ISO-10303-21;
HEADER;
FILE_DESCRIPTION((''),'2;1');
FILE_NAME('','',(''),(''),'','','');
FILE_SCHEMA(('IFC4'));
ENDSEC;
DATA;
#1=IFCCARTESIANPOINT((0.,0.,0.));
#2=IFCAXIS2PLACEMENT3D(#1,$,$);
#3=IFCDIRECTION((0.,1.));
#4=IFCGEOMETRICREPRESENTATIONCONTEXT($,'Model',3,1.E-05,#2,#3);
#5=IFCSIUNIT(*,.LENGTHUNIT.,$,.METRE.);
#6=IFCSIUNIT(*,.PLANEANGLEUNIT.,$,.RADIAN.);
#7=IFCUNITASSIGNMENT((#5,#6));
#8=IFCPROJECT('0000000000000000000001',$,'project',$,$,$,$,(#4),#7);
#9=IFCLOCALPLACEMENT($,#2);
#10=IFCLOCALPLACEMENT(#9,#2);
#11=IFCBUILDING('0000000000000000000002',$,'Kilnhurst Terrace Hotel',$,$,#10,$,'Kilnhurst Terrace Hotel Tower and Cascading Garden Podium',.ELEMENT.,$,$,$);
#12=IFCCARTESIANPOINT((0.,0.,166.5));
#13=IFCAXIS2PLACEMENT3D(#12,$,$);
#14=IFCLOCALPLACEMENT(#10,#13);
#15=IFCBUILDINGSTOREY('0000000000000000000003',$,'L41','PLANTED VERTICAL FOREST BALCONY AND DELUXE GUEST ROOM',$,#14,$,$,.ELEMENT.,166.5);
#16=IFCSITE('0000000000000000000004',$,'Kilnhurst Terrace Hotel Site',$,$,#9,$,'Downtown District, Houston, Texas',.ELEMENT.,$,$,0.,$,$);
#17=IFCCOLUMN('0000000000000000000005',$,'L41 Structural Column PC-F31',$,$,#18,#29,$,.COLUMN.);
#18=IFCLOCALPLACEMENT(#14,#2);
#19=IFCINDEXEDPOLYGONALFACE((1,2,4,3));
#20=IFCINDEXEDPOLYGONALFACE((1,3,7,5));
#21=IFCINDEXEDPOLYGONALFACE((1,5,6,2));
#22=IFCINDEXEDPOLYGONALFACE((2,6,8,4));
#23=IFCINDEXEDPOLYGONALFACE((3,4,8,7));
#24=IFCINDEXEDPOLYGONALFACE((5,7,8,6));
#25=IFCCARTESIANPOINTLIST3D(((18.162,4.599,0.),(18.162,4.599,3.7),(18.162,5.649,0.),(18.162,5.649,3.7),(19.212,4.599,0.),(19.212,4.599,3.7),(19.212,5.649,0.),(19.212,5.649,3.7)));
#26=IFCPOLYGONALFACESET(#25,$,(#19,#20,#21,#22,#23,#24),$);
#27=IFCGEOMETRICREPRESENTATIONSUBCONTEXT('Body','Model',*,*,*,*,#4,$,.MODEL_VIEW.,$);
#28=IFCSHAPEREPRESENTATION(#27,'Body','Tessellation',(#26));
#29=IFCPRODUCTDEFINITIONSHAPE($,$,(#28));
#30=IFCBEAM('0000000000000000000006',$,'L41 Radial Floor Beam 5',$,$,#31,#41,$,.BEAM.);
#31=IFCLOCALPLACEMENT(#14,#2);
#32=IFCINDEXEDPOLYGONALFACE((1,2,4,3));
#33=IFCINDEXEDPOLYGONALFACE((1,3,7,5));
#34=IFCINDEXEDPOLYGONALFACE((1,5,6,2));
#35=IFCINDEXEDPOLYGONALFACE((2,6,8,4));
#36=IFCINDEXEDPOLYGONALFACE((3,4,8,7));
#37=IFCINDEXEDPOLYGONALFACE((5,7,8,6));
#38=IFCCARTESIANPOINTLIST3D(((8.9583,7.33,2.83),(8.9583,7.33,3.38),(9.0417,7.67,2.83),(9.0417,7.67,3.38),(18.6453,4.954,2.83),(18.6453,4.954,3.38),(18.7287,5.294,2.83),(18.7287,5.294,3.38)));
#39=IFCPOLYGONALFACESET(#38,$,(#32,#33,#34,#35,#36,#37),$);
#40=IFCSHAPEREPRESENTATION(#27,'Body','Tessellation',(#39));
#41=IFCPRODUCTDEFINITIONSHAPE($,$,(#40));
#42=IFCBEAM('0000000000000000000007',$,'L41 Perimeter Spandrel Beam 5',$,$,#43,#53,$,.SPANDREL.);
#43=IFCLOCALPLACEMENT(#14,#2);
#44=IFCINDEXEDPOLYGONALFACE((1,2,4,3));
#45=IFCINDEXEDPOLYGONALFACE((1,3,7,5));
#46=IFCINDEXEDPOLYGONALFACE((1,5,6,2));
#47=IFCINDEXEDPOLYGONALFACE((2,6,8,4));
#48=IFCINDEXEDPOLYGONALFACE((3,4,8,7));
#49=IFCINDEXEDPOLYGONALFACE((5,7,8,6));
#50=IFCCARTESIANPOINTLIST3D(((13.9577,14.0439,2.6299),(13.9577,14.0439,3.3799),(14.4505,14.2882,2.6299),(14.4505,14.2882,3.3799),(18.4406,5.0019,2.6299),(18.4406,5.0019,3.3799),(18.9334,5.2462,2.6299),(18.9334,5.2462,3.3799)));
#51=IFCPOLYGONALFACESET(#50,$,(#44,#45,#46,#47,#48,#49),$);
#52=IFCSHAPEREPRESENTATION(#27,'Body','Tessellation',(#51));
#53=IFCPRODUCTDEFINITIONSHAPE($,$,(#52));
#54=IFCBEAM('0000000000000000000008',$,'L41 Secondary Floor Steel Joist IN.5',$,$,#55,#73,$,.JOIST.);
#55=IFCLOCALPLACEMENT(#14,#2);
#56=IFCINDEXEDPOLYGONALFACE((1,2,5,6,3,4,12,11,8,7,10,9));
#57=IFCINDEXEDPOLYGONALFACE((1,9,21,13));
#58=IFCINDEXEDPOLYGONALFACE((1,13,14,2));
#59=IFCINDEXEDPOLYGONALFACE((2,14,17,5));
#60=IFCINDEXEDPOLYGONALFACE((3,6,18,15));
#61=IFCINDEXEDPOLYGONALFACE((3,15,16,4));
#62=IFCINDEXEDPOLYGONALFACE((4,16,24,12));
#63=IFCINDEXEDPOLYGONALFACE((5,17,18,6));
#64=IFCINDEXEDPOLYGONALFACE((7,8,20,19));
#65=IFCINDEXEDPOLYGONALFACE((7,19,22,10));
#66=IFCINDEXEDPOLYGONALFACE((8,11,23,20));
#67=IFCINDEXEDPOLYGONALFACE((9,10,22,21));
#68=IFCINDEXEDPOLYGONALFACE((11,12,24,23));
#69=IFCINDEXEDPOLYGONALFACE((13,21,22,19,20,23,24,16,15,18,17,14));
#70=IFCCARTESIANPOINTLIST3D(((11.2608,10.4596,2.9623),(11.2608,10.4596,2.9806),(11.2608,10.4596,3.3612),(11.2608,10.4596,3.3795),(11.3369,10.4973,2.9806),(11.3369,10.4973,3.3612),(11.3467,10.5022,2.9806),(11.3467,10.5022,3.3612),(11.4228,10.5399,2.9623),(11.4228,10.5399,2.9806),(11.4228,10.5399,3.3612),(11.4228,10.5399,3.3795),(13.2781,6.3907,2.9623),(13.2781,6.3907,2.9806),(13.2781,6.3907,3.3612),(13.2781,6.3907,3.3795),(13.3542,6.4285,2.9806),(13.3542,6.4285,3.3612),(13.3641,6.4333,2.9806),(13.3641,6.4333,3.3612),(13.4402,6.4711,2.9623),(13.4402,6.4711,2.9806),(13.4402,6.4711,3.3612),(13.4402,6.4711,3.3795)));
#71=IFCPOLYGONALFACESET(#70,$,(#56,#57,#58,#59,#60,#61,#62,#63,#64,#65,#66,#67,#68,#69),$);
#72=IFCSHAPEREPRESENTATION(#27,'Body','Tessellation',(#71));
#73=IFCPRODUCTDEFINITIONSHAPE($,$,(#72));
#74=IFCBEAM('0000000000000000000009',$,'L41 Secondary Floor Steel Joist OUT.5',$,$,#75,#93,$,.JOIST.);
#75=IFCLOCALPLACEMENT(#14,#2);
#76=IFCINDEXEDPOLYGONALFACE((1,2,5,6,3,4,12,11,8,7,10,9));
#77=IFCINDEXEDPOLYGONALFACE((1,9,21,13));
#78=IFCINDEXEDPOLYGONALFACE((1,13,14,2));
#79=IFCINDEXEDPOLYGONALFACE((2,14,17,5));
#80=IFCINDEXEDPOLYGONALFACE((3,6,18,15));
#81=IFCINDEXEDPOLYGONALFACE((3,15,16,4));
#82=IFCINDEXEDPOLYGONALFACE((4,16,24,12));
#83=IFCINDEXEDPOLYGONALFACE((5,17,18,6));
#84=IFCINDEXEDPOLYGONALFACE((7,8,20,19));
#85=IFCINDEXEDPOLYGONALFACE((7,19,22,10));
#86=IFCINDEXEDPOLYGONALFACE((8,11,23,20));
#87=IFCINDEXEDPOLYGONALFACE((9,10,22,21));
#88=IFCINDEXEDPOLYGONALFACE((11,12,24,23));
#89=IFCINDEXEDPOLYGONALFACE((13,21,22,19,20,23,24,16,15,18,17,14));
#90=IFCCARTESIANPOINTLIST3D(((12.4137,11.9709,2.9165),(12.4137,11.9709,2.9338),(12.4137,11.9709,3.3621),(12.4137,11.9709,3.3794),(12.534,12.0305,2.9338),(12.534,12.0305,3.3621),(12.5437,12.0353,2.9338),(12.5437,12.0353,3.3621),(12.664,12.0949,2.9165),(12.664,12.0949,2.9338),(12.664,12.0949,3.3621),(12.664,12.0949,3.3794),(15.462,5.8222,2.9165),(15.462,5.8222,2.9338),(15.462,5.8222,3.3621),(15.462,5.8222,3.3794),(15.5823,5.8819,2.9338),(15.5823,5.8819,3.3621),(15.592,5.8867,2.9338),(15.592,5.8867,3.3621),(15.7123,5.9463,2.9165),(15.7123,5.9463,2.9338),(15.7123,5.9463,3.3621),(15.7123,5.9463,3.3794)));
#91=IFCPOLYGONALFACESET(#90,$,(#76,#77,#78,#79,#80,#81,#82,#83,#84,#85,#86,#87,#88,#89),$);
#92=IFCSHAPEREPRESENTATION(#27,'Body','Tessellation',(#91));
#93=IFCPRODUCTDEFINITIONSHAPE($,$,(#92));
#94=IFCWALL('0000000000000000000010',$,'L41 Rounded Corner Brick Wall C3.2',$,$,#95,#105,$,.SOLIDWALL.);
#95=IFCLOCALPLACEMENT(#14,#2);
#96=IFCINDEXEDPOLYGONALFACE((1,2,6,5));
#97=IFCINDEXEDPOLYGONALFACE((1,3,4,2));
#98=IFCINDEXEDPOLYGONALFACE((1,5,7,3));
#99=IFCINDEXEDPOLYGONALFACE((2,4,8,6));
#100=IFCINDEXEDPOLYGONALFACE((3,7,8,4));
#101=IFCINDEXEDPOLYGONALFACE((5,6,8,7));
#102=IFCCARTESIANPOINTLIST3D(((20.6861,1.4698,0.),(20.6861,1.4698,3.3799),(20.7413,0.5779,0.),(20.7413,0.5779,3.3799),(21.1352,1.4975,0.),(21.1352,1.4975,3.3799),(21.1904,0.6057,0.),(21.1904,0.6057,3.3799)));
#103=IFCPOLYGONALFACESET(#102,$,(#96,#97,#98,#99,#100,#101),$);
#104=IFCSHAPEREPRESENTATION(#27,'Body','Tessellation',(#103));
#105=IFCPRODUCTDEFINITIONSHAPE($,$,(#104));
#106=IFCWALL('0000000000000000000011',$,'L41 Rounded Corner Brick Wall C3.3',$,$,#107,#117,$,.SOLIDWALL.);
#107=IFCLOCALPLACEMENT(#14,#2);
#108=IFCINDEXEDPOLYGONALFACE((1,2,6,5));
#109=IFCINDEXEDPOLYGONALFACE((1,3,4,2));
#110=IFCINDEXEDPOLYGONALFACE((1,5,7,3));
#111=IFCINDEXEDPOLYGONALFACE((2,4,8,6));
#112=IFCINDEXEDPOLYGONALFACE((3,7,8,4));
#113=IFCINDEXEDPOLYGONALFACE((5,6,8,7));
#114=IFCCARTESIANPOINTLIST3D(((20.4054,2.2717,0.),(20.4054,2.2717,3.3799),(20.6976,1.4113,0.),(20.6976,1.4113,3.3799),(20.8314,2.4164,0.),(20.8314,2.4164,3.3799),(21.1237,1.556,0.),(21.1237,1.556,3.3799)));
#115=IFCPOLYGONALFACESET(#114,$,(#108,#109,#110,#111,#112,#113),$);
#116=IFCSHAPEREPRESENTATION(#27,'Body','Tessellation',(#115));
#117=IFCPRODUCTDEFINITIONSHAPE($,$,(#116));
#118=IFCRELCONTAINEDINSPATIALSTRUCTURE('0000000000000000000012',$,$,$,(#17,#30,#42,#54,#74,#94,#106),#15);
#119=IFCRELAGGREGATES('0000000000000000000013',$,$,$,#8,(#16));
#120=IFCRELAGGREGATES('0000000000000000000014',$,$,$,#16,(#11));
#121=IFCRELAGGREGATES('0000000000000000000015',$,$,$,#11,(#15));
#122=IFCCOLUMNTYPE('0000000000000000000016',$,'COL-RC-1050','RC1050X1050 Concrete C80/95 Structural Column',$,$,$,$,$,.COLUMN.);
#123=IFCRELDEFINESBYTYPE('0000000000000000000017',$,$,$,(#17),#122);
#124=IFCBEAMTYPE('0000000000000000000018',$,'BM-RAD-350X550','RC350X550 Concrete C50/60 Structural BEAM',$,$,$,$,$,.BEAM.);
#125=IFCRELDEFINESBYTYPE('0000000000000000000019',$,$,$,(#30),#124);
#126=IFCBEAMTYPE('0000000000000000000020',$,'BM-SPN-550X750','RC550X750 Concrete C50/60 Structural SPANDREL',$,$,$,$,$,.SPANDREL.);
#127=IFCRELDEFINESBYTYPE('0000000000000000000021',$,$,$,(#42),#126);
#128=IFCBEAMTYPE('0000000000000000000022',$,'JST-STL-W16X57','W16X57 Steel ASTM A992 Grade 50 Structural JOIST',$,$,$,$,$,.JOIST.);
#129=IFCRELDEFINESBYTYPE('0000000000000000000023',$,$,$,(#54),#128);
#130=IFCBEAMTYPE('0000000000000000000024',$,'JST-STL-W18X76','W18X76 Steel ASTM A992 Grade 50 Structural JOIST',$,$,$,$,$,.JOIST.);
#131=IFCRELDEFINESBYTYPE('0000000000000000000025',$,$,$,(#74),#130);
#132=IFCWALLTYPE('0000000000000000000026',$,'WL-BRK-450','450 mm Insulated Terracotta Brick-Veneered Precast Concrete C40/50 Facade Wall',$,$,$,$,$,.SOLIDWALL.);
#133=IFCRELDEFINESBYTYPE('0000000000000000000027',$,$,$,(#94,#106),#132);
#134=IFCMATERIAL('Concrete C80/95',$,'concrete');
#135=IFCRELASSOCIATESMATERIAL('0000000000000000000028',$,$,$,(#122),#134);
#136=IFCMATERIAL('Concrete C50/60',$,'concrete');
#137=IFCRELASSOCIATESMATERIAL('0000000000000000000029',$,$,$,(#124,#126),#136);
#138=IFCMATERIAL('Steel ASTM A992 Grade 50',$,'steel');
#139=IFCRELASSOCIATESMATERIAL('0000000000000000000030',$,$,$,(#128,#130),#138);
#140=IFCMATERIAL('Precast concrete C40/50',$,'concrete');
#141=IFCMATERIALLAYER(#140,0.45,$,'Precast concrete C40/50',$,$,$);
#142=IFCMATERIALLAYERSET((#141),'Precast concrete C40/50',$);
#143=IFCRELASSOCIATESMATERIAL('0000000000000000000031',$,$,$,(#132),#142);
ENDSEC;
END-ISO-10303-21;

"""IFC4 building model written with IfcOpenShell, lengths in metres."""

from ifc_helpers import new_model, si_unit, direction, frame, frame_2d, origin, origin_2d, place, context, subcontext, project, spatial, rectangle, i_section, extrude, material, layer, layer_set, material_profile, profile_set, type_object, element, save


model = new_model("IFC4")

# Units and contexts
model_context = context("Model", 3, precision=1e-05, world=origin(), true_north=direction((0.0, 1.0)))
body_context = subcontext(model_context, "Body", "Model", "MODEL_VIEW")
ifc_project = project(units=[si_unit("LENGTHUNIT", "METRE"), si_unit("PLANEANGLEUNIT", "RADIAN")], contexts=[model_context])

# Site, building, storey
site_placement = place(None, origin())
site = spatial("IfcSite", under=ifc_project, at=site_placement, Name="Kilnhurst Terrace Hotel Site", LongName="Downtown District, Houston, Texas", CompositionType="ELEMENT", RefElevation=0.0)
building_placement = place(site_placement, origin())
building = spatial("IfcBuilding", under=site, at=building_placement, Name="Kilnhurst Terrace Hotel", LongName="Kilnhurst Terrace Hotel Tower and Cascading Garden Podium", CompositionType="ELEMENT")
storey_placement = place(building_placement, frame((0.0, 0.0, 166.5)))
storey = spatial("IfcBuildingStorey", under=building, at=storey_placement, Name="L41", Description="PLANTED VERTICAL FOREST BALCONY AND DELUXE GUEST ROOM", CompositionType="ELEMENT", Elevation=166.5)

# Column
ifc_material_1 = material(Name="Concrete C80/95", Category="concrete")
ifc_material_profile_1 = material_profile(ifc_material_1, rectangle(XDim=1.05, YDim=1.05, at=origin_2d()), Name="RC1050X1050")
ifc_profile_set_1 = profile_set([ifc_material_profile_1], Name="Concrete C80/95")
column_type = type_object("IfcColumnType", Name="COL-RC-1050", Description="RC1050X1050 Concrete C80/95 Structural Column", PredefinedType="COLUMN", material=ifc_profile_set_1)
column_placement = place(storey_placement, frame((18.687, 5.124, 0.0), z_axis=(0.0, 0.0, 1.0), x_axis=(1.0, 0.0, 0.0)))
element("IfcColumn", 1, at=column_placement, inside=storey, type_object=column_type, Name="L41 Structural Column PC-F31", PredefinedType="COLUMN", context=body_context, shape_type="SweptSolid", body=[
    extrude(rectangle(XDim=1.05, YDim=1.05, at=origin_2d()), origin(), (0.0, 0.0, 1.0), 3.7),
])

# Beams
ifc_material_2 = material(Name="Concrete C50/60", Category="concrete")
ifc_material_profile_2 = material_profile(ifc_material_2, rectangle(XDim=0.3501, YDim=0.55, at=origin_2d()), Name="RC350X550")
ifc_profile_set_2 = profile_set([ifc_material_profile_2], Name="Concrete C50/60")
beam_type_1 = type_object("IfcBeamType", Name="BM-RAD-350X550", Description="RC350X550 Concrete C50/60 Structural BEAM", PredefinedType="BEAM", material=ifc_profile_set_2)
beam_1_placement = place(storey_placement, frame((9.0, 7.5, 3.105), z_axis=(0.971213, -0.238214, 0.0), x_axis=(0.238214, 0.971213, 0.0)))
element("IfcBeam", 2, at=beam_1_placement, inside=storey, type_object=beam_type_1, Name="L41 Radial Floor Beam 5", PredefinedType="BEAM", context=body_context, shape_type="SweptSolid", body=[
    extrude(rectangle(XDim=0.3501, YDim=0.55, at=origin_2d()), origin(), (0.0, 0.0, 1.0), 9.9741),
])
ifc_material_profile_3 = material_profile(ifc_material_2, rectangle(XDim=0.55, YDim=0.75, at=origin_2d()), Name="RC550X750")
ifc_profile_set_3 = profile_set([ifc_material_profile_3], Name="Concrete C50/60")
beam_type_2 = type_object("IfcBeamType", Name="BM-SPN-550X750", Description="RC550X750 Concrete C50/60 Structural SPANDREL", PredefinedType="SPANDREL", material=ifc_profile_set_3)
beam_2_placement = place(storey_placement, frame((18.687, 5.124, 3.0049), z_axis=(-0.444192, 0.895932, 0.0), x_axis=(-0.895932, -0.444192, 0.0)))
element("IfcBeam", 3, at=beam_2_placement, inside=storey, type_object=beam_type_2, Name="L41 Perimeter Spandrel Beam 5", PredefinedType="SPANDREL", context=body_context, shape_type="SweptSolid", body=[
    extrude(rectangle(XDim=0.55, YDim=0.75, at=origin_2d()), origin(), (0.0, 0.0, 1.0), 10.0923),
])
ifc_material_3 = material(Name="Steel ASTM A992 Grade 50", Category="steel")
ifc_material_profile_4 = material_profile(ifc_material_3, i_section(OverallWidth=0.1809, OverallDepth=0.4172, WebThickness=0.011, FlangeThickness=0.0183, at=origin_2d()), Name="W16X57")
ifc_profile_set_4 = profile_set([ifc_material_profile_4], Name="Steel ASTM A992 Grade 50")
beam_type_3 = type_object("IfcBeamType", Name="JST-STL-W16X57", Description="W16X57 Steel ASTM A992 Grade 50 Structural JOIST", PredefinedType="JOIST", material=ifc_profile_set_4)
beam_3_placement = place(storey_placement, frame((13.3591, 6.4309, 3.1709), z_axis=(-0.444201, 0.895927, 0.0), x_axis=(-0.895927, -0.444201, 0.0)))
element("IfcBeam", 4, at=beam_3_placement, inside=storey, type_object=beam_type_3, Name="L41 Secondary Floor Steel Joist IN.5", PredefinedType="JOIST", context=body_context, shape_type="SweptSolid", body=[
    extrude(i_section(OverallWidth=0.1809, OverallDepth=0.4172, WebThickness=0.011, FlangeThickness=0.0183, at=origin_2d()), origin(), (0.0, 0.0, 1.0), 4.5415),
])
ifc_material_profile_5 = material_profile(ifc_material_3, i_section(OverallWidth=0.2793, OverallDepth=0.4629, WebThickness=0.0107, FlangeThickness=0.0173, at=origin_2d()), Name="W18X76")
ifc_profile_set_5 = profile_set([ifc_material_profile_5], Name="Steel ASTM A992 Grade 50")
beam_type_4 = type_object("IfcBeamType", Name="JST-STL-W18X76", Description="W18X76 Steel ASTM A992 Grade 50 Structural JOIST", PredefinedType="JOIST", material=ifc_profile_set_5)
beam_4_placement = place(storey_placement, frame((15.5872, 5.8843, 3.1479), z_axis=(-0.44418, 0.895938, 0.0), x_axis=(-0.895938, -0.44418, 0.0)))
element("IfcBeam", 5, at=beam_4_placement, inside=storey, type_object=beam_type_4, Name="L41 Secondary Floor Steel Joist OUT.5", PredefinedType="JOIST", context=body_context, shape_type="SweptSolid", body=[
    extrude(i_section(OverallWidth=0.2793, OverallDepth=0.4629, WebThickness=0.0107, FlangeThickness=0.0173, at=origin_2d()), origin(), (0.0, 0.0, 1.0), 6.8628),
])

# Walls
ifc_material_4 = material(Name="Precast concrete C40/50", Category="concrete")
ifc_layer_1 = layer(ifc_material_4, 0.45, Name="Precast concrete C40/50")
ifc_layer_set_1 = layer_set([ifc_layer_1], Name="Precast concrete C40/50")
wall_type_1 = type_object("IfcWallType", Name="WL-BRK-450", Description="450 mm Insulated Terracotta Brick-Veneered Precast Concrete C40/50 Facade Wall", PredefinedType="SOLIDWALL", material=ifc_layer_set_1)
wall_1_placement = place(storey_placement, frame((20.9658, 0.5918, 0.0), z_axis=(0.0, 0.0, 1.0), x_axis=(-0.061749, 0.998092, 0.0)))
element("IfcWall", 6, at=wall_1_placement, inside=storey, type_object=wall_type_1, Name="L41 Rounded Corner Brick Wall C3.2", PredefinedType="SOLIDWALL", context=body_context, shape_type="SweptSolid", body=[
    extrude(rectangle(XDim=0.8936, YDim=0.45, at=frame_2d((0.4468, 0.0))), origin(), (0.0, 0.0, 1.0), 3.3799),
])
wall_2_placement = place(storey_placement, frame((20.9106, 1.4836, 0.0), z_axis=(0.0, 0.0, 1.0), x_axis=(-0.321623, 0.946868, 0.0)))
element("IfcWall", 7, at=wall_2_placement, inside=storey, type_object=wall_type_1, Name="L41 Rounded Corner Brick Wall C3.3", PredefinedType="SOLIDWALL", context=body_context, shape_type="SweptSolid", body=[
    extrude(rectangle(XDim=0.9087, YDim=0.45, at=frame_2d((0.4543, 0.0))), origin(), (0.0, 0.0, 1.0), 3.3799),
])

save(model, "model.ifc")
